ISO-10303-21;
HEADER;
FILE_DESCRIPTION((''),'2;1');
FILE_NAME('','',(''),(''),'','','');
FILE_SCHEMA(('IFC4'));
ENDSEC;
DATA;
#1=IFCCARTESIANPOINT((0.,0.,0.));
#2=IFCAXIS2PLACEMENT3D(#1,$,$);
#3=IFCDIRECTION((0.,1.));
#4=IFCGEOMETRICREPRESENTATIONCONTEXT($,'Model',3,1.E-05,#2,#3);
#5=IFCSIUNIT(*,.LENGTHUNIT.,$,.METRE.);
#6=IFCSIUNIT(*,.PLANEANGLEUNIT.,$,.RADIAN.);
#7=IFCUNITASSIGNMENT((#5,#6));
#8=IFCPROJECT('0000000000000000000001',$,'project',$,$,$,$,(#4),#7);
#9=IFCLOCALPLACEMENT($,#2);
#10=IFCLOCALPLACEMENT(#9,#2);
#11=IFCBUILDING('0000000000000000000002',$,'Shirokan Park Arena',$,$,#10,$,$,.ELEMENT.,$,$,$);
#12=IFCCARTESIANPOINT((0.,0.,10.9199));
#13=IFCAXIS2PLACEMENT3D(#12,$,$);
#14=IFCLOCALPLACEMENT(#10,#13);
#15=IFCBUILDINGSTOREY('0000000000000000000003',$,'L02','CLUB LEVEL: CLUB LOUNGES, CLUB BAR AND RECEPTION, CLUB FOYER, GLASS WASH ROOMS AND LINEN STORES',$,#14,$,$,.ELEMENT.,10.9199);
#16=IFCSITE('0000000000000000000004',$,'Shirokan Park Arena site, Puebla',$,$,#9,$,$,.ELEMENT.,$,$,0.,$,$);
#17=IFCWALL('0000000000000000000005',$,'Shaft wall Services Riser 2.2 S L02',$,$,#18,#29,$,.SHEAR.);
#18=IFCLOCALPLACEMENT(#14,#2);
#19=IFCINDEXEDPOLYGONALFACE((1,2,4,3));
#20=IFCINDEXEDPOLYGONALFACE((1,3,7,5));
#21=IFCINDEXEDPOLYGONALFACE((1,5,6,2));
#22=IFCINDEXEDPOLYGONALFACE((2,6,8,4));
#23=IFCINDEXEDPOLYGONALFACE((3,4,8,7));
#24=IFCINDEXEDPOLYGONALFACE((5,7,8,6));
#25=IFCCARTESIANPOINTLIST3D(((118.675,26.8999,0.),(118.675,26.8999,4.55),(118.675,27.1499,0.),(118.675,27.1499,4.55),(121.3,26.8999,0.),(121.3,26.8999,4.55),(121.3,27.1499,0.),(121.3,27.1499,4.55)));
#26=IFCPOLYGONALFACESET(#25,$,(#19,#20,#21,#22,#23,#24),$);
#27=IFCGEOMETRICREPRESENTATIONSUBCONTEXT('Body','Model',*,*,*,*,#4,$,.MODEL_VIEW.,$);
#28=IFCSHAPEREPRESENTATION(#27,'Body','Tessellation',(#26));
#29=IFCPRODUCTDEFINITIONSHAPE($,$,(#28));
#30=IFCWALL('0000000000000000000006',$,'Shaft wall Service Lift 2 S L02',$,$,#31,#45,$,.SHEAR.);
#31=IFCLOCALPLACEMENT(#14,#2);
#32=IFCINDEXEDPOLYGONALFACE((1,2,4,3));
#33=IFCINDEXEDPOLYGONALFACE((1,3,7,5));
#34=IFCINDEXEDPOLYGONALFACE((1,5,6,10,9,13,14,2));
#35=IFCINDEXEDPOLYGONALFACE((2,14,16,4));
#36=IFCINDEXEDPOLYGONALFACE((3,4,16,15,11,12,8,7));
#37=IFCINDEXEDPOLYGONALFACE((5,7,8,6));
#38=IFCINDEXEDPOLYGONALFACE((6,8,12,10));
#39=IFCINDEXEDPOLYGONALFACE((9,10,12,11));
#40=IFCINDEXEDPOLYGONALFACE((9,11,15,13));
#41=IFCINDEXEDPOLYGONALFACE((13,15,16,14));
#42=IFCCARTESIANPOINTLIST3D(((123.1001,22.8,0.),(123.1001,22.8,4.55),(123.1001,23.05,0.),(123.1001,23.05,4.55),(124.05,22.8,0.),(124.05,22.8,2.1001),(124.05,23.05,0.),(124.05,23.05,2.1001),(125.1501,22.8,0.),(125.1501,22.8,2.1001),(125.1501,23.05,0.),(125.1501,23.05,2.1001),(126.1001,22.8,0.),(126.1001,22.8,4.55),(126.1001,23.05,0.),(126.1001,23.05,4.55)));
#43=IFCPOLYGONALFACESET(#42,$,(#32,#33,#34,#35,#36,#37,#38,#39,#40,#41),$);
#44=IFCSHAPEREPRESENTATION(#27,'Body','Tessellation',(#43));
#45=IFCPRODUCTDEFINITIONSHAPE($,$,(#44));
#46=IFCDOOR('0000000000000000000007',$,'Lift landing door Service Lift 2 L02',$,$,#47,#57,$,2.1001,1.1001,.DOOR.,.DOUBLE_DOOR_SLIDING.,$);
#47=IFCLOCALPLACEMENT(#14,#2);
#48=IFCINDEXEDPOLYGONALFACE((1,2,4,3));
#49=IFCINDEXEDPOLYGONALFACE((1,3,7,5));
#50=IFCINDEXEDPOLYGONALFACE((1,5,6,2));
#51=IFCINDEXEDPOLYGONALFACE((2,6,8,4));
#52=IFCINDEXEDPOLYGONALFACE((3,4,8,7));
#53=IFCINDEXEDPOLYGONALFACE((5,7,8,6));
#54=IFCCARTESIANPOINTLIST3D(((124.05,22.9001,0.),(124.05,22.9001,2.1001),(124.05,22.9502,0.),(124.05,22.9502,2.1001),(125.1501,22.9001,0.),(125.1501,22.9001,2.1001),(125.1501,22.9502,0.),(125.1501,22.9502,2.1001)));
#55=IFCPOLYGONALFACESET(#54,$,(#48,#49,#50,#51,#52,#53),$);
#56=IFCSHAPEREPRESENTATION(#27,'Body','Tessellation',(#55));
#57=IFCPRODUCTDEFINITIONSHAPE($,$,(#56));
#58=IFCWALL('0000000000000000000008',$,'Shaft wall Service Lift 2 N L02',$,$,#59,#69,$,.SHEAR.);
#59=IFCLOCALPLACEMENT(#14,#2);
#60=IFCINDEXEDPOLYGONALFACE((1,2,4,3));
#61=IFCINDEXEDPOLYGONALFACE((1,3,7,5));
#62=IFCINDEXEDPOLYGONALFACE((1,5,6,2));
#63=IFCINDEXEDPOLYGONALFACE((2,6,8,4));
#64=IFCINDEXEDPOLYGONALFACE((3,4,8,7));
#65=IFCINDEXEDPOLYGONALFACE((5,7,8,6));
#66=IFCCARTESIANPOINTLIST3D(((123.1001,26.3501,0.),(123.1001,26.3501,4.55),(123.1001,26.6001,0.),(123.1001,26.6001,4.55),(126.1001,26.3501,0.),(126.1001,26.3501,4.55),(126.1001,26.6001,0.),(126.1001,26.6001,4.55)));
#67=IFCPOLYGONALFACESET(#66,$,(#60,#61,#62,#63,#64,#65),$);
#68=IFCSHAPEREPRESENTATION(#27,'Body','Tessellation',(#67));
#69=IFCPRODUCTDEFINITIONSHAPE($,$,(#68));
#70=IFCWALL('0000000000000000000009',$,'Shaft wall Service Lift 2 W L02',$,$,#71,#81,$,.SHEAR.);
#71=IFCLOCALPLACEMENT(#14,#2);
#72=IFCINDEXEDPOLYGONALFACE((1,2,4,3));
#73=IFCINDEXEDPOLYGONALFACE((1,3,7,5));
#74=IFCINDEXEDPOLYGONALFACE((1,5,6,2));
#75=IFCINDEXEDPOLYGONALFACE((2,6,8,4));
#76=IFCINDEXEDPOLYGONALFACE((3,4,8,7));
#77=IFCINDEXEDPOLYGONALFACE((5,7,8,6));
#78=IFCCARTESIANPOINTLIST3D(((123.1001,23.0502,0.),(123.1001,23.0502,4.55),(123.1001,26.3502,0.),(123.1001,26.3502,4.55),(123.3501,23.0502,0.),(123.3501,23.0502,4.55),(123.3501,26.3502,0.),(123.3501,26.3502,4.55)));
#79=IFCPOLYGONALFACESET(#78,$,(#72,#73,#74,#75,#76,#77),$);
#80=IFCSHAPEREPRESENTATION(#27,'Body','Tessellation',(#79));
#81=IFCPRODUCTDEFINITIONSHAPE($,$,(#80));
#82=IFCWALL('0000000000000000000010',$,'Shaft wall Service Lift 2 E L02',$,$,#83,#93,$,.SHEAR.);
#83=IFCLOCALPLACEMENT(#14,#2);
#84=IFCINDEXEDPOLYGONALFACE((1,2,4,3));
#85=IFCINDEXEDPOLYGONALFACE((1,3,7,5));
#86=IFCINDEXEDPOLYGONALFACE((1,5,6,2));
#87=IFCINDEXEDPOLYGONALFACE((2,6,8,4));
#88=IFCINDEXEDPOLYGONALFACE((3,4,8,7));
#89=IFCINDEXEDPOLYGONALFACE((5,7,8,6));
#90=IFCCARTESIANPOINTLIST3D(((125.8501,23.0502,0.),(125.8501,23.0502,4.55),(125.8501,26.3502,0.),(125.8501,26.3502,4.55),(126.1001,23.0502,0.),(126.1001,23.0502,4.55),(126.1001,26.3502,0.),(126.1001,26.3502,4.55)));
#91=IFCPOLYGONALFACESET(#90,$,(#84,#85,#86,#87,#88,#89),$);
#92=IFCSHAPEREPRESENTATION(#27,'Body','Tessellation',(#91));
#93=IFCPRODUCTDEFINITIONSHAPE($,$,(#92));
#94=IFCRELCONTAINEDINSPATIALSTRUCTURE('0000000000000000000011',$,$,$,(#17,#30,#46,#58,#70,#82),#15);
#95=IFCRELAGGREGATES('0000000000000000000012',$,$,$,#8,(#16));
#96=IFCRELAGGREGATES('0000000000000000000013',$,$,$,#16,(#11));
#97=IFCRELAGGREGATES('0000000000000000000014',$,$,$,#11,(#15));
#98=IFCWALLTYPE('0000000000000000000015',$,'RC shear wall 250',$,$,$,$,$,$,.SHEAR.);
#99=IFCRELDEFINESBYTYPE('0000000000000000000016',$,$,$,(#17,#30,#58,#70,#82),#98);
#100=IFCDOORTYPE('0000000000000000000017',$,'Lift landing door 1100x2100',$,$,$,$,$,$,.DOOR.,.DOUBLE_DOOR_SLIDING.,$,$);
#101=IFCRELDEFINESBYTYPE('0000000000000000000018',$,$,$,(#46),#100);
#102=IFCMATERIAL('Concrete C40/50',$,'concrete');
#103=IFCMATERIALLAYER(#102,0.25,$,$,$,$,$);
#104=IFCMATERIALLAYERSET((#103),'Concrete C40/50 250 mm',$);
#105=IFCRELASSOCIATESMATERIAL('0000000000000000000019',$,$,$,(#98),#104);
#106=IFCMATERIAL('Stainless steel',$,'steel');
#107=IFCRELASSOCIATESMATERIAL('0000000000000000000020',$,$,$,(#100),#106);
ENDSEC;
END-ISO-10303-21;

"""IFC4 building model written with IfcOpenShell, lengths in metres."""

from ifc_helpers import new_model, si_unit, direction, frame, frame_2d, origin, place, context, subcontext, project, spatial, rectangle, extrude, material, layer, layer_set, type_object, element, fill, save


model = new_model("IFC4")

# Units and contexts
model_context = context("Model", 3, precision=1e-05, world=origin(), true_north=direction((0.0, 1.0)))
body_context = subcontext(model_context, "Body", "Model", "MODEL_VIEW")
ifc_project = project(units=[si_unit("LENGTHUNIT", "METRE"), si_unit("PLANEANGLEUNIT", "RADIAN")], contexts=[model_context])

# Site, building, storey
site_placement = place(None, origin())
site = spatial("IfcSite", under=ifc_project, at=site_placement, Name="Shirokan Park Arena site, Puebla", CompositionType="ELEMENT", RefElevation=0.0)
building_placement = place(site_placement, origin())
building = spatial("IfcBuilding", under=site, at=building_placement, Name="Shirokan Park Arena", CompositionType="ELEMENT")
storey_placement = place(building_placement, frame((0.0, 0.0, 10.9199)))
storey = spatial("IfcBuildingStorey", under=building, at=storey_placement, Name="L02", Description="CLUB LEVEL: CLUB LOUNGES, CLUB BAR AND RECEPTION, CLUB FOYER, GLASS WASH ROOMS AND LINEN STORES", CompositionType="ELEMENT", Elevation=10.9199)

# Shared definitions
ifc_material_1 = material(Name="Concrete C40/50", Category="concrete")
ifc_layer_1 = layer(ifc_material_1, 0.25)
ifc_layer_set_1 = layer_set([ifc_layer_1], Name="Concrete C40/50 250 mm")
wall_type_1 = type_object("IfcWallType", Name="RC shear wall 250", PredefinedType="SHEAR", material=ifc_layer_set_1)
ifc_material_2 = material(Name="Stainless steel", Category="steel")

# Wall
wall_1_placement = place(storey_placement, frame((121.3, 27.0249, 0.0), z_axis=(0.0, 0.0, 1.0), x_axis=(-1.0, 0.0, 0.0)))
element("IfcWall", 1, at=wall_1_placement, inside=storey, type_object=wall_type_1, Name="Shaft wall Services Riser 2.2 S L02", PredefinedType="SHEAR", context=body_context, shape_type="SweptSolid", body=[
    extrude(rectangle(XDim=2.625, YDim=0.25, at=frame_2d((1.3125, 0.0))), origin(), (0.0, 0.0, 1.0), 4.55),
])

# Wall, opening, door
wall_2_placement = place(storey_placement, frame((126.1001, 22.925, 0.0), z_axis=(0.0, 0.0, 1.0), x_axis=(-1.0, 0.0, 0.0)))
wall_2 = element("IfcWall", 2, at=wall_2_placement, inside=storey, type_object=wall_type_1, Name="Shaft wall Service Lift 2 S L02", PredefinedType="SHEAR", context=body_context, shape_type="SweptSolid", body=[
    extrude(rectangle(XDim=3.0, YDim=0.25, at=frame_2d((1.5, 0.0))), origin(), (0.0, 0.0, 1.0), 4.55),
])
opening_1_placement = place(wall_2_placement, frame((0.95, 0.0, 0.0)))
opening_1 = element("IfcOpeningElement", 3, at=opening_1_placement, cuts=wall_2, PredefinedType="OPENING", context=body_context, shape_type="SweptSolid", body=[
    extrude(rectangle(XDim=1.1001, YDim=2.1001, at=frame_2d((0.55, 1.05))), frame((0.0, 0.135, 0.0), z_axis=(0.0, -1.0, 0.0), x_axis=(1.0, 0.0, 0.0)), (0.0, 0.0, 1.0), 0.27),
])
door_type_1 = type_object("IfcDoorType", Name="Lift landing door 1100x2100", OperationType="DOUBLE_DOOR_SLIDING", PredefinedType="DOOR", material=ifc_material_2)
door_1_placement = place(opening_1_placement, origin())
door_1 = element("IfcDoor", 4, at=door_1_placement, inside=storey, type_object=door_type_1, Name="Lift landing door Service Lift 2 L02", OperationType="DOUBLE_DOOR_SLIDING", OverallHeight=2.1001, OverallWidth=1.1001, PredefinedType="DOOR", context=body_context, shape_type="SweptSolid", body=[
    extrude(rectangle(XDim=1.1001, YDim=2.1001, at=frame_2d((0.55, 1.05))), frame((0.0, 0.0249, 0.0), z_axis=(0.0, -1.0, 0.0), x_axis=(1.0, 0.0, 0.0)), (0.0, 0.0, 1.0), 0.05),
])
fill(opening_1, door_1)

# Walls
wall_3_placement = place(storey_placement, frame((126.1001, 26.4751, 0.0), z_axis=(0.0, 0.0, 1.0), x_axis=(-1.0, 0.0, 0.0)))
element("IfcWall", 5, at=wall_3_placement, inside=storey, type_object=wall_type_1, Name="Shaft wall Service Lift 2 N L02", PredefinedType="SHEAR", context=body_context, shape_type="SweptSolid", body=[
    extrude(rectangle(XDim=3.0, YDim=0.25, at=frame_2d((1.5, 0.0))), origin(), (0.0, 0.0, 1.0), 4.55),
])
for number, where, z_axis, x_axis, name in (
    (6, (123.2251, 26.3501, 0.0), (0.0, 0.0, 1.0), (0.0, -1.0, 0.0), "Shaft wall Service Lift 2 W L02"),
    (7, (125.9751, 26.3501, 0.0), (0.0, 0.0, 1.0), (0.0, -1.0, 0.0), "Shaft wall Service Lift 2 E L02"),
):
    element("IfcWall", number, at=place(storey_placement, frame(where, z_axis=z_axis, x_axis=x_axis)), inside=storey, type_object=wall_type_1, Name=name, PredefinedType="SHEAR", context=body_context, shape_type="SweptSolid", body=[
        extrude(rectangle(XDim=3.3, YDim=0.25, at=frame_2d((1.6499, 0.0))), origin(), (0.0, 0.0, 1.0), 4.55),
    ])

save(model, "model.ifc")
